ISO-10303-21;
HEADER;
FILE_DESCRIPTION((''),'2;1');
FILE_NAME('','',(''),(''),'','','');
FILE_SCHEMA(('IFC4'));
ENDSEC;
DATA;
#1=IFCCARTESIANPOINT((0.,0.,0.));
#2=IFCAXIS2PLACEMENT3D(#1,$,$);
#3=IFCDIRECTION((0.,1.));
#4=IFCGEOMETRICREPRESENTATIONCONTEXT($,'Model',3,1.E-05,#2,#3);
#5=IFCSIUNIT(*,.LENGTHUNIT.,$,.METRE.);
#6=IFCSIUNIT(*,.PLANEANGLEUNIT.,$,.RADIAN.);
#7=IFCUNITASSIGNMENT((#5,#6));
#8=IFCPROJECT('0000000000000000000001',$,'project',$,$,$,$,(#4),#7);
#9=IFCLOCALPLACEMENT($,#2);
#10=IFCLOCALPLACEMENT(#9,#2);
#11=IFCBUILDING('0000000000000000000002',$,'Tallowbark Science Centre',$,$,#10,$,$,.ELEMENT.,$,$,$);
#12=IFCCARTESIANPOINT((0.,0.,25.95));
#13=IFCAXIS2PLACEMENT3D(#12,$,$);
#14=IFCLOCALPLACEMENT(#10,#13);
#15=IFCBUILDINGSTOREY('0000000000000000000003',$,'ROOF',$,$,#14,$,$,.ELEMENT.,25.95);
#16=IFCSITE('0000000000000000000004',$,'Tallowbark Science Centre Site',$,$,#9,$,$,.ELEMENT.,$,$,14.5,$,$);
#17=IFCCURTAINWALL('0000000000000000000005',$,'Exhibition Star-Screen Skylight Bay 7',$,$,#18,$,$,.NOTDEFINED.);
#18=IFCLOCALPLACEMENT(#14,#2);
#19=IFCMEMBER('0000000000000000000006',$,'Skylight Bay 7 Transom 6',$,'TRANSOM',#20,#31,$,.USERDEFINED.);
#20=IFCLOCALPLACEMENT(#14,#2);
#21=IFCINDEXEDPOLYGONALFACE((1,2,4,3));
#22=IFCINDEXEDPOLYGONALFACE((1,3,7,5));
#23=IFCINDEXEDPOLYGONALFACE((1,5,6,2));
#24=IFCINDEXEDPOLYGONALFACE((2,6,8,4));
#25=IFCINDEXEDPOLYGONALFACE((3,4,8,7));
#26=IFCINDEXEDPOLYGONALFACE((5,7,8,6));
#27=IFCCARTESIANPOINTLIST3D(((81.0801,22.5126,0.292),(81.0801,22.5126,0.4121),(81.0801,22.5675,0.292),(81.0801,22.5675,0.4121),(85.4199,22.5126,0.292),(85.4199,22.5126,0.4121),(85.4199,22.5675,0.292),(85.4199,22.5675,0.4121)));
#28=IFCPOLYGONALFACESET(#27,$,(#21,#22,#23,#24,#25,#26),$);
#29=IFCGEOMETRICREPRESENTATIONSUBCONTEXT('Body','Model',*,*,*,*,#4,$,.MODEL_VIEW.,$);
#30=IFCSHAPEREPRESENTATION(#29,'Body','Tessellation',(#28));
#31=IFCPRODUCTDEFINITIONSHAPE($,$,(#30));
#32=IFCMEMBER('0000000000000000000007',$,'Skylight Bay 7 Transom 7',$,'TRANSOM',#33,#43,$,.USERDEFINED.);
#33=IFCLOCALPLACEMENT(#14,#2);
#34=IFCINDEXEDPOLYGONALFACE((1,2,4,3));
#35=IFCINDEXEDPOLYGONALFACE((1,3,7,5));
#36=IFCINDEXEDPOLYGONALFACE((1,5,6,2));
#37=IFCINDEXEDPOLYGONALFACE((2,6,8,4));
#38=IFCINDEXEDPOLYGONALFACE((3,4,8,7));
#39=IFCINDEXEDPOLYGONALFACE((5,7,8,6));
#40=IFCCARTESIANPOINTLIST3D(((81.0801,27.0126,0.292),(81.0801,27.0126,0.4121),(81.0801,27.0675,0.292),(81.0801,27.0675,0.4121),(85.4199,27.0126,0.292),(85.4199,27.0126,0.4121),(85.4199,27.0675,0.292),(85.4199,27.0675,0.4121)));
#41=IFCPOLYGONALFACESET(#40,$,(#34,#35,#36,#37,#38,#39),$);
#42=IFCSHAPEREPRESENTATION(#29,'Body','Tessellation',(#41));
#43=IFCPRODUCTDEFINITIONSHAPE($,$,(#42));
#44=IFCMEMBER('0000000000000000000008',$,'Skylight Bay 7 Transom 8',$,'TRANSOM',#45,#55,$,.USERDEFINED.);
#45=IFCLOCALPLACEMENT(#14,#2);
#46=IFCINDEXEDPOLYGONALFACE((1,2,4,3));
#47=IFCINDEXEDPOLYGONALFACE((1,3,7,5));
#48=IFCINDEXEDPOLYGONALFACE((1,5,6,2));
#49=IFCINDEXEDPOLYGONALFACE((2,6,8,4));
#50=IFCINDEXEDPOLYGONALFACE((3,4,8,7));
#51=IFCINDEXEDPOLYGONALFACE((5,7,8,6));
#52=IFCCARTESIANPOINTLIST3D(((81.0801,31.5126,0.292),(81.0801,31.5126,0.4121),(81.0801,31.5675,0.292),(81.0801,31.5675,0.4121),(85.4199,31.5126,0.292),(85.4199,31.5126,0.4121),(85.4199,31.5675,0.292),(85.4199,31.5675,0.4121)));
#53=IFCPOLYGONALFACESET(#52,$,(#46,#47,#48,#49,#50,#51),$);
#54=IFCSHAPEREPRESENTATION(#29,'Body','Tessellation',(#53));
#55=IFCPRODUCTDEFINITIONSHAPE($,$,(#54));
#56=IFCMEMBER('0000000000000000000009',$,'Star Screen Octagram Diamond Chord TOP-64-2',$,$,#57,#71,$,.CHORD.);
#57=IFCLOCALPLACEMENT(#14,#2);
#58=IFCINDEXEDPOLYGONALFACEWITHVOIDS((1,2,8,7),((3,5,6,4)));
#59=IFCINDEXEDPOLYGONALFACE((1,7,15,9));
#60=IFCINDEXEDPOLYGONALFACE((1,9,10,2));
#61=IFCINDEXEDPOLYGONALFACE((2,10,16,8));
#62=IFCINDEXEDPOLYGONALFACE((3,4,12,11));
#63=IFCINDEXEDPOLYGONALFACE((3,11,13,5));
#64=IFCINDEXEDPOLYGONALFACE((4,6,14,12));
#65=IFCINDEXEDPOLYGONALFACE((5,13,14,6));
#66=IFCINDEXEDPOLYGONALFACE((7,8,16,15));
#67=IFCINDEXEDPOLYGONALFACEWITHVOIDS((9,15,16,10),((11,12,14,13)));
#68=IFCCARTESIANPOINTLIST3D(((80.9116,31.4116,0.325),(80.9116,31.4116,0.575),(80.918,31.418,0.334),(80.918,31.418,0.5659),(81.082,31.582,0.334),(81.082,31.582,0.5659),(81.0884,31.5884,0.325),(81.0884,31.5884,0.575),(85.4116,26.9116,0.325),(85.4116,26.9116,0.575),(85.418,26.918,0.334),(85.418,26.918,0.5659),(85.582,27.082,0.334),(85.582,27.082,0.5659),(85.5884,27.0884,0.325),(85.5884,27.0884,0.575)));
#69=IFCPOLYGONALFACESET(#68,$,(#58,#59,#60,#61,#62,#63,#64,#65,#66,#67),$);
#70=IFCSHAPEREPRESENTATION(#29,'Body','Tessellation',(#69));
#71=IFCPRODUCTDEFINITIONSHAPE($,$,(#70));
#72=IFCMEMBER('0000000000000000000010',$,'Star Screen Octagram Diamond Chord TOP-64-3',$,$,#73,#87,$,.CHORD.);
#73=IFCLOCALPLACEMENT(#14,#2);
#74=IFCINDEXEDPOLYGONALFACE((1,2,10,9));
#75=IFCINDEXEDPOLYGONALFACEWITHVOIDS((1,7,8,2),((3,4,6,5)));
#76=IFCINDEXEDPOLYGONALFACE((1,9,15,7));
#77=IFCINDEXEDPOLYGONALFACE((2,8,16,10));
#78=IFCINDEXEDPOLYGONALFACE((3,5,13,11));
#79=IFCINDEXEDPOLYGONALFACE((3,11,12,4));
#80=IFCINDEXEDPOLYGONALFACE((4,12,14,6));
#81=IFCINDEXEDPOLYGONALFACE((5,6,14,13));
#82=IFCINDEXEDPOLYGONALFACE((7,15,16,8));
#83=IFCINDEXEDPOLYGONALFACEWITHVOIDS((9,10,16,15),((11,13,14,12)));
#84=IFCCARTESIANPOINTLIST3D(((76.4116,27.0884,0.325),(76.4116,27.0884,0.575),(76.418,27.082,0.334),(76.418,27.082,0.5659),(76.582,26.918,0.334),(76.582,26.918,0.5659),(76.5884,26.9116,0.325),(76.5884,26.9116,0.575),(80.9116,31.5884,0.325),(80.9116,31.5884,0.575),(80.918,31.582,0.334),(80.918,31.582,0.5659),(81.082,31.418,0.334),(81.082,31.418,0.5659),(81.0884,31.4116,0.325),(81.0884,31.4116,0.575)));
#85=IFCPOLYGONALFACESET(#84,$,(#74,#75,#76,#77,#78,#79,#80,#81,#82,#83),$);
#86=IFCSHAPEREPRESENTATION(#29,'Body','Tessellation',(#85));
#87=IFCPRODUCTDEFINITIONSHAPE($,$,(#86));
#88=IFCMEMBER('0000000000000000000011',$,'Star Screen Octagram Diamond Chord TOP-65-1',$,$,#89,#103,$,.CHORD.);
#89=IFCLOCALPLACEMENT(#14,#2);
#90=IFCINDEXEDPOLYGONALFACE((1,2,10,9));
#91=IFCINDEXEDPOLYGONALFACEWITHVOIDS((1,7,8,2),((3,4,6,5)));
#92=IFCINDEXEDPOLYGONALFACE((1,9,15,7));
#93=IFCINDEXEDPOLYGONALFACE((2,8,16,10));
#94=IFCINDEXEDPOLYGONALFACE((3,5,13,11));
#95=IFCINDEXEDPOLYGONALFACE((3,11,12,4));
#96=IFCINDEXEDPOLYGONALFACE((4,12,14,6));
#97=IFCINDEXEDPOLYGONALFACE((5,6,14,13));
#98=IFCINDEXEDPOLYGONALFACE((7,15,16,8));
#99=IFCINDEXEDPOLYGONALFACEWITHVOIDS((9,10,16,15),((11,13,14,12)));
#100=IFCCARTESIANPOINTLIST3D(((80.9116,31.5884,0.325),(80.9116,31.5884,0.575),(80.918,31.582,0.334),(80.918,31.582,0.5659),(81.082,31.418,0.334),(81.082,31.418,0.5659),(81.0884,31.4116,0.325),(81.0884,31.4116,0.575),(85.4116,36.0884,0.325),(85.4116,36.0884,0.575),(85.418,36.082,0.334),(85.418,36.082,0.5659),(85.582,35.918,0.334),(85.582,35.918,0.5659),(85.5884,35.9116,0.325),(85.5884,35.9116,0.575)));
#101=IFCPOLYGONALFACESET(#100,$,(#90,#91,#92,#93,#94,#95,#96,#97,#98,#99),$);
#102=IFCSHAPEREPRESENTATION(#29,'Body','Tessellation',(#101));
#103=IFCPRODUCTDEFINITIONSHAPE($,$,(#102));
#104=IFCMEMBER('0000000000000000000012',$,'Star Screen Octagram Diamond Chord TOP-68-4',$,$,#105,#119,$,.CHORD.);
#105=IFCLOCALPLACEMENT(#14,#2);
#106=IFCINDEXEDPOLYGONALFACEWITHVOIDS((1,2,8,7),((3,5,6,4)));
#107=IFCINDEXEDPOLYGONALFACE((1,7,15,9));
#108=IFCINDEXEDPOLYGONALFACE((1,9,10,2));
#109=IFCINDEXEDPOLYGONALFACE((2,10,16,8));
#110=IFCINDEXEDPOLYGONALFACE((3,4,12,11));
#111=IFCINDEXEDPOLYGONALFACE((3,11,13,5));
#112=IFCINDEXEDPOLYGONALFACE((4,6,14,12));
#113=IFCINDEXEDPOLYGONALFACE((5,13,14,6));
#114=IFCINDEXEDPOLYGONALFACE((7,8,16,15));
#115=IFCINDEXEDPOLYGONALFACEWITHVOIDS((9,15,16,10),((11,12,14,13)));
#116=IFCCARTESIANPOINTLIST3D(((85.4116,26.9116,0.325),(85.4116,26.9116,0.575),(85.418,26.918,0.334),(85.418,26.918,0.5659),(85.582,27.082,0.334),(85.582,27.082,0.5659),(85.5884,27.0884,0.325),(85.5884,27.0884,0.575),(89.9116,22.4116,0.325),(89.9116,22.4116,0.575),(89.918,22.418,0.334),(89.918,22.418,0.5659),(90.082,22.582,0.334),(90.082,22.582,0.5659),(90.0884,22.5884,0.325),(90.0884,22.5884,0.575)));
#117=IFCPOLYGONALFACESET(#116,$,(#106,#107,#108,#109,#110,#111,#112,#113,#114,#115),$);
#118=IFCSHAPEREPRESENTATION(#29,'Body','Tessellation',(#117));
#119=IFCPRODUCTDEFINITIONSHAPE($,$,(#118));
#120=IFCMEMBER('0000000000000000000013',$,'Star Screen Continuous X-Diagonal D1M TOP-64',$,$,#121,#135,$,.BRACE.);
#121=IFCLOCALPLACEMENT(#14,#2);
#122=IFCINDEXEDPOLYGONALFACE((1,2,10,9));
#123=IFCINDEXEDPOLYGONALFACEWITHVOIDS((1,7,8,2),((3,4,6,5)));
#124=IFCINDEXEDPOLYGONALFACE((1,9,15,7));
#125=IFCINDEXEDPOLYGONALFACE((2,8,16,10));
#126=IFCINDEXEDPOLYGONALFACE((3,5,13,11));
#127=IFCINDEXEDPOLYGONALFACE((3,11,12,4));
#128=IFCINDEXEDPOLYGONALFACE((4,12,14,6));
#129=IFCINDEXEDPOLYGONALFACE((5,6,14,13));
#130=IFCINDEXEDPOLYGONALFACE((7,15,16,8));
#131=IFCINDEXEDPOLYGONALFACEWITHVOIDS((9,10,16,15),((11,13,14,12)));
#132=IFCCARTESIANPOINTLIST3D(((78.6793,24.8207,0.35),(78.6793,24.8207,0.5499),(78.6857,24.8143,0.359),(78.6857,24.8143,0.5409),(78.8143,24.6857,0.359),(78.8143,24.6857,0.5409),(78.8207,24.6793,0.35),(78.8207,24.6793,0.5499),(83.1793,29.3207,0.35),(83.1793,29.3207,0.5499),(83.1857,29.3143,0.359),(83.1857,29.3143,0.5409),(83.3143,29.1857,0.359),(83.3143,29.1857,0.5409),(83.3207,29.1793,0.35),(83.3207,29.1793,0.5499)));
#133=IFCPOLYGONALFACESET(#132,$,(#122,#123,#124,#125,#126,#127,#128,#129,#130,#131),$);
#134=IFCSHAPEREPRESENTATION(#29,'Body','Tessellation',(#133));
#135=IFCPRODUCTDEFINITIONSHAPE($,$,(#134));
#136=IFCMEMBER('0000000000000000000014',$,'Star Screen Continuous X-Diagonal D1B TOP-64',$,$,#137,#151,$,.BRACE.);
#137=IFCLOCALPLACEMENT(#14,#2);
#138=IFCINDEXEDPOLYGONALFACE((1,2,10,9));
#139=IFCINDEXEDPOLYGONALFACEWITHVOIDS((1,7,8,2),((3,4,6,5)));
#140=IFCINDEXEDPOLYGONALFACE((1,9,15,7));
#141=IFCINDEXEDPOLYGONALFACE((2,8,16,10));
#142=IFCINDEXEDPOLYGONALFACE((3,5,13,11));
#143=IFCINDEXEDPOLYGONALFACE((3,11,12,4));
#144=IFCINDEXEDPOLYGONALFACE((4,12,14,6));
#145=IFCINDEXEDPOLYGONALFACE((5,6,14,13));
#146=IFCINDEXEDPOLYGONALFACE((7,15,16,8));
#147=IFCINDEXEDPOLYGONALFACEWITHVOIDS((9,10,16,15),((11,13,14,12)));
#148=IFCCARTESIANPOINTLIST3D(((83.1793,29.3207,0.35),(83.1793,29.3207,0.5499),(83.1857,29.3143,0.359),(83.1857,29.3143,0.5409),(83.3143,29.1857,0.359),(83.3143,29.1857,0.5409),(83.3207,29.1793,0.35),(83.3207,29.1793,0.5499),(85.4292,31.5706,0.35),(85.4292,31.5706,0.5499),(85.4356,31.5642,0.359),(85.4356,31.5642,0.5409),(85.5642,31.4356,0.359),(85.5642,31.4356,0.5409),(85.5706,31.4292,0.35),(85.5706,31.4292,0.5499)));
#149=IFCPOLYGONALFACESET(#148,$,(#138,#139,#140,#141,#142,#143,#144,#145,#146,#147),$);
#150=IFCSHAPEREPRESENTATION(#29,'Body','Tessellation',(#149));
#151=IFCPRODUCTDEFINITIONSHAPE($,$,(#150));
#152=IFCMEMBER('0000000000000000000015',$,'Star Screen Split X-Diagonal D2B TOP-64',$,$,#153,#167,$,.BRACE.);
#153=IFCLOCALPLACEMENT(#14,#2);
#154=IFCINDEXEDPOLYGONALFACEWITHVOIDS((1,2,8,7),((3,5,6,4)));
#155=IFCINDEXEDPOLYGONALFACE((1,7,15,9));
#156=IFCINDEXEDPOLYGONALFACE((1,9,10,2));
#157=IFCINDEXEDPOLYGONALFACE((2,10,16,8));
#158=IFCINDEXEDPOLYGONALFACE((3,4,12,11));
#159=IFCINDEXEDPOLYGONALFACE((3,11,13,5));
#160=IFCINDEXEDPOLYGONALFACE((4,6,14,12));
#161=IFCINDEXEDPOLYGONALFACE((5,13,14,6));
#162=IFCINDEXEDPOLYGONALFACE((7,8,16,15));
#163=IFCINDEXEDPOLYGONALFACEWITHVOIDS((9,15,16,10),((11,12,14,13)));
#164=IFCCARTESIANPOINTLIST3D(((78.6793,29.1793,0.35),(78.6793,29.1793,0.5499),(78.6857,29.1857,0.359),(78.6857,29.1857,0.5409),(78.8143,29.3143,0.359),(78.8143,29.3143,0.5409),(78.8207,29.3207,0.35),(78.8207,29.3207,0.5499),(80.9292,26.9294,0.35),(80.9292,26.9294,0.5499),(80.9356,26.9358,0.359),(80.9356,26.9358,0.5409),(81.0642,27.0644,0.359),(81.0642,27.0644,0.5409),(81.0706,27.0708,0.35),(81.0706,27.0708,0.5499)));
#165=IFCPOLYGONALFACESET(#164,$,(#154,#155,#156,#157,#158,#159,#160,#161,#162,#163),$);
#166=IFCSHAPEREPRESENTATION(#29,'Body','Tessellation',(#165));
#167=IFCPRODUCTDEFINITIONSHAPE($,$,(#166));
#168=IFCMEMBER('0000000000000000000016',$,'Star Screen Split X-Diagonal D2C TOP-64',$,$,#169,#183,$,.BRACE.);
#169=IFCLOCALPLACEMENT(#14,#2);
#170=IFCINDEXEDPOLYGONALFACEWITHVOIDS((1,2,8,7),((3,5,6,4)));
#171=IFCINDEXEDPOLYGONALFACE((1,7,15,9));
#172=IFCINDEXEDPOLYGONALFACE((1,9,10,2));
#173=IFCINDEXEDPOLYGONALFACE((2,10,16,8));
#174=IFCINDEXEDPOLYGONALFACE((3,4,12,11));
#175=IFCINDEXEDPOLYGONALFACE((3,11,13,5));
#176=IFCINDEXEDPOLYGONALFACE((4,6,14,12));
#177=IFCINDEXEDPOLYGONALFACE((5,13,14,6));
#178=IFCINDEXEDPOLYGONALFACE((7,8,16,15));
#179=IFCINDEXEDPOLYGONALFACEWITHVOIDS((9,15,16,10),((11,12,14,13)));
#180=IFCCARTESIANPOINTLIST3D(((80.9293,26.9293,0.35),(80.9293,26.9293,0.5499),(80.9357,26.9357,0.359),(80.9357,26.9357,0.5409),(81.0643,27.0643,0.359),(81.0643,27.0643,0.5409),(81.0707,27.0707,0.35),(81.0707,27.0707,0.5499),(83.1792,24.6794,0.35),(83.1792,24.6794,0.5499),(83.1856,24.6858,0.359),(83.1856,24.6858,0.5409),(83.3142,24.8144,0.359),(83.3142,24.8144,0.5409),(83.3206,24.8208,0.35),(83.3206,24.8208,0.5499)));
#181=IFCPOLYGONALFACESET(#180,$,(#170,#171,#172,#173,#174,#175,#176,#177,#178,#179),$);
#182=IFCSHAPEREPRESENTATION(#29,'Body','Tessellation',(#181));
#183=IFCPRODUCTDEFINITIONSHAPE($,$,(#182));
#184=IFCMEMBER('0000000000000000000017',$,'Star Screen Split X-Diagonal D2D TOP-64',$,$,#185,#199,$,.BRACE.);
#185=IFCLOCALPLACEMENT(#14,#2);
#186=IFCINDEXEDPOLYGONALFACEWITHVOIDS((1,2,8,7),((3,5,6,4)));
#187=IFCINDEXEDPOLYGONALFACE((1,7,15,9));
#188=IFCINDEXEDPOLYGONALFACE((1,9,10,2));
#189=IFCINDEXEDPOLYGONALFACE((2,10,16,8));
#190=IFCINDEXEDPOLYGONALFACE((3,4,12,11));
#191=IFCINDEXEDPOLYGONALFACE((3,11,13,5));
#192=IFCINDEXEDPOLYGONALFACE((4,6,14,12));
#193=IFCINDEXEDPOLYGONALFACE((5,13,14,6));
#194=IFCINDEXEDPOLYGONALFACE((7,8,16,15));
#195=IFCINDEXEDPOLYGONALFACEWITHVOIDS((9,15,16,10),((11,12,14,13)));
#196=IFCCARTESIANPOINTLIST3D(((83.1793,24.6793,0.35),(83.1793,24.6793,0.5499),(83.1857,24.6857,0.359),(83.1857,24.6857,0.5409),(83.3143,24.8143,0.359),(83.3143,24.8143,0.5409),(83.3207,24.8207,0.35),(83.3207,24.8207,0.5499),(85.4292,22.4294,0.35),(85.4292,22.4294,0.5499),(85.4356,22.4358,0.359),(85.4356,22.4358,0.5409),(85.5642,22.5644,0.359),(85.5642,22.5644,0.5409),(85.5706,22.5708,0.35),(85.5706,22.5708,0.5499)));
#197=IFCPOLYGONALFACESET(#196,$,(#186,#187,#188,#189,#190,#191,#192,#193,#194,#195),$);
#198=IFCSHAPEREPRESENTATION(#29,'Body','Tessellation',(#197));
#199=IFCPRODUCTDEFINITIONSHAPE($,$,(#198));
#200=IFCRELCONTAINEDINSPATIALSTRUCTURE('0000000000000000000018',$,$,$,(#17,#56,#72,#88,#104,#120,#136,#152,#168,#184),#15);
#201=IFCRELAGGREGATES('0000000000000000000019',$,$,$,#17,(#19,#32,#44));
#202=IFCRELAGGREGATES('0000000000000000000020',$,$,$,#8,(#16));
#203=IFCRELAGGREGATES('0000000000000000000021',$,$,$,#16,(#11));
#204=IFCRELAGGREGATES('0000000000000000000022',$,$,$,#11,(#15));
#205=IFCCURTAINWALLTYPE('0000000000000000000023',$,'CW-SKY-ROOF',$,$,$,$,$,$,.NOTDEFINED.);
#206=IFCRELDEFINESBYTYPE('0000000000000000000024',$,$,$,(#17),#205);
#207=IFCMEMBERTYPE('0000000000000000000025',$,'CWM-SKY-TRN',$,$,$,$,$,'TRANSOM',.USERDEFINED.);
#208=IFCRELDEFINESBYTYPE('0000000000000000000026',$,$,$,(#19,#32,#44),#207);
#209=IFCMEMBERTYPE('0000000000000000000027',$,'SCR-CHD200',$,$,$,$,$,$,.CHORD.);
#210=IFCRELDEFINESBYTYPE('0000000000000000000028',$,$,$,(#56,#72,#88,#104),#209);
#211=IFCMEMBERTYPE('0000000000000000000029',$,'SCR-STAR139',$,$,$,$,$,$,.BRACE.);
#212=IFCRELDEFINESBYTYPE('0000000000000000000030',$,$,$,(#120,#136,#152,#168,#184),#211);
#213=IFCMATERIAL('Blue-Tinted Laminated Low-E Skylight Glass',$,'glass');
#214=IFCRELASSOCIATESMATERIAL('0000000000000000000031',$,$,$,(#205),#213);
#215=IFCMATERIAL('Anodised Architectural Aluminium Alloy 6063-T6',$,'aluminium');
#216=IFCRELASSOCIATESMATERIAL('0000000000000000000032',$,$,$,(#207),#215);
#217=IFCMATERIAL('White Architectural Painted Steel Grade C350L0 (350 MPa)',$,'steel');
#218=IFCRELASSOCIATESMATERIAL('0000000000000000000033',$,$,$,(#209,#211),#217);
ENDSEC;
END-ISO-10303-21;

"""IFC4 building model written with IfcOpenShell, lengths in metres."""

from ifc_helpers import new_model, si_unit, direction, frame, origin, origin_2d, place, context, subcontext, project, spatial, rectangle, hollow_rectangle, extrude, material, material_profile, profile_set, type_object, element, aggregate, save


model = new_model("IFC4")

# Units and contexts
model_context = context("Model", 3, precision=1e-05, world=origin(), true_north=direction((0.0, 1.0)))
body_context = subcontext(model_context, "Body", "Model", "MODEL_VIEW")
ifc_project = project(units=[si_unit("LENGTHUNIT", "METRE"), si_unit("PLANEANGLEUNIT", "RADIAN")], contexts=[model_context])

# Site, building, storey
site_placement = place(None, origin())
site = spatial("IfcSite", under=ifc_project, at=site_placement, Name="Tallowbark Science Centre Site", CompositionType="ELEMENT", RefElevation=14.5)
building_placement = place(site_placement, origin())
building = spatial("IfcBuilding", under=site, at=building_placement, Name="Tallowbark Science Centre", CompositionType="ELEMENT")
storey_placement = place(building_placement, frame((0.0, 0.0, 25.95)))
storey = spatial("IfcBuildingStorey", under=building, at=storey_placement, Name="ROOF", CompositionType="ELEMENT", Elevation=25.95)

# Curtain wall, members
ifc_material_1 = material(Name="Blue-Tinted Laminated Low-E Skylight Glass", Category="glass")
curtain_wall_type = type_object("IfcCurtainWallType", Name="CW-SKY-ROOF", PredefinedType="NOTDEFINED", material=ifc_material_1)
curtain_wall_1_placement = place(storey_placement, origin())
curtain_wall_1 = element("IfcCurtainWall", 1, at=curtain_wall_1_placement, inside=storey, type_object=curtain_wall_type, Name="Exhibition Star-Screen Skylight Bay 7", PredefinedType="NOTDEFINED")
ifc_material_2 = material(Name="Anodised Architectural Aluminium Alloy 6063-T6", Category="aluminium")
ifc_material_profile_1 = material_profile(ifc_material_2, rectangle(XDim=0.0549, YDim=0.1201, at=origin_2d()), Name="ALU55x120")
ifc_profile_set_1 = profile_set([ifc_material_profile_1], Name="Anodised Architectural Aluminium Alloy 6063-T6")
member_type_1 = type_object("IfcMemberType", Name="CWM-SKY-TRN", ElementType="TRANSOM", PredefinedType="USERDEFINED", material=ifc_profile_set_1)
member_1_placement = place(storey_placement, frame((81.0801, 22.54, 0.3521), z_axis=(1.0, 0.0, 0.0), x_axis=(0.0, 1.0, 0.0)))
member_1 = element("IfcMember", 2, at=member_1_placement, type_object=member_type_1, Name="Skylight Bay 7 Transom 6", ObjectType="TRANSOM", PredefinedType="USERDEFINED", context=body_context, shape_type="SweptSolid", body=[
    extrude(rectangle(XDim=0.0549, YDim=0.1201, at=origin_2d()), origin(), (0.0, 0.0, 1.0), 4.3398),
])
member_2_placement = place(storey_placement, frame((81.0801, 27.04, 0.3521), z_axis=(1.0, 0.0, 0.0), x_axis=(0.0, 1.0, 0.0)))
member_2 = element("IfcMember", 3, at=member_2_placement, type_object=member_type_1, Name="Skylight Bay 7 Transom 7", ObjectType="TRANSOM", PredefinedType="USERDEFINED", context=body_context, shape_type="SweptSolid", body=[
    extrude(rectangle(XDim=0.0549, YDim=0.1201, at=origin_2d()), origin(), (0.0, 0.0, 1.0), 4.3398),
])
member_3_placement = place(storey_placement, frame((81.0801, 31.54, 0.3521), z_axis=(1.0, 0.0, 0.0), x_axis=(0.0, 1.0, 0.0)))
member_3 = element("IfcMember", 4, at=member_3_placement, type_object=member_type_1, Name="Skylight Bay 7 Transom 8", ObjectType="TRANSOM", PredefinedType="USERDEFINED", context=body_context, shape_type="SweptSolid", body=[
    extrude(rectangle(XDim=0.0549, YDim=0.1201, at=origin_2d()), origin(), (0.0, 0.0, 1.0), 4.3398),
])

# Members
ifc_material_3 = material(Name="White Architectural Painted Steel Grade C350L0 (350 MPa)", Category="steel")
ifc_material_profile_2 = material_profile(ifc_material_3, hollow_rectangle(XDim=0.25, YDim=0.25, WallThickness=0.009, at=origin_2d()), Name="250x250x9.0SHS")
ifc_profile_set_2 = profile_set([ifc_material_profile_2], Name="White Architectural Painted Steel Grade C350L0 (350 MPa)")
member_type_2 = type_object("IfcMemberType", Name="SCR-CHD200", PredefinedType="CHORD", material=ifc_profile_set_2)
for number, where, z_axis, x_axis, name in (
    (5, (85.5, 27.0, 0.45), (-0.707107, 0.707107, 0.0), (-0.707107, -0.707107, 0.0), "Star Screen Octagram Diamond Chord TOP-64-2"),
    (6, (81.0, 31.5, 0.45), (-0.707107, -0.707107, 0.0), (0.707107, -0.707107, 0.0), "Star Screen Octagram Diamond Chord TOP-64-3"),
    (7, (81.0, 31.5, 0.45), (0.707107, 0.707107, 0.0), (-0.707107, 0.707107, 0.0), "Star Screen Octagram Diamond Chord TOP-65-1"),
    (8, (85.5, 27.0, 0.45), (0.707107, -0.707107, 0.0), (0.707107, 0.707107, 0.0), "Star Screen Octagram Diamond Chord TOP-68-4"),
):
    element("IfcMember", number, at=place(storey_placement, frame(where, z_axis=z_axis, x_axis=x_axis)), inside=storey, type_object=member_type_2, Name=name, PredefinedType="CHORD", context=body_context, shape_type="SweptSolid", body=[
        extrude(hollow_rectangle(XDim=0.25, YDim=0.25, WallThickness=0.009, at=origin_2d()), origin(), (0.0, 0.0, 1.0), 6.364),
    ])
ifc_material_profile_3 = material_profile(ifc_material_3, hollow_rectangle(XDim=0.2, YDim=0.2, WallThickness=0.009, at=origin_2d()), Name="200x200x9.0SHS")
ifc_profile_set_3 = profile_set([ifc_material_profile_3], Name="White Architectural Painted Steel Grade C350L0 (350 MPa)")
member_type_3 = type_object("IfcMemberType", Name="SCR-STAR139", PredefinedType="BRACE", material=ifc_profile_set_3)
member_4_placement = place(storey_placement, frame((78.75, 24.75, 0.45), z_axis=(0.707107, 0.707107, 0.0), x_axis=(-0.707107, 0.707107, 0.0)))
element("IfcMember", 9, at=member_4_placement, inside=storey, type_object=member_type_3, Name="Star Screen Continuous X-Diagonal D1M TOP-64", PredefinedType="BRACE", context=body_context, shape_type="SweptSolid", body=[
    extrude(hollow_rectangle(XDim=0.2, YDim=0.2, WallThickness=0.009, at=origin_2d()), origin(), (0.0, 0.0, 1.0), 6.364),
])
for number, where, z_axis, x_axis, name in (
    (10, (83.25, 29.25, 0.45), (0.707107, 0.707107, 0.0), (-0.707107, 0.707107, 0.0), "Star Screen Continuous X-Diagonal D1B TOP-64"),
    (11, (78.75, 29.25, 0.45), (0.707107, -0.707107, 0.0), (0.707107, 0.707107, 0.0), "Star Screen Split X-Diagonal D2B TOP-64"),
    (12, (81.0, 27.0, 0.45), (0.707107, -0.707107, 0.0), (0.707107, 0.707107, 0.0), "Star Screen Split X-Diagonal D2C TOP-64"),
    (13, (83.25, 24.75, 0.45), (0.707107, -0.707107, 0.0), (0.707107, 0.707107, 0.0), "Star Screen Split X-Diagonal D2D TOP-64"),
):
    element("IfcMember", number, at=place(storey_placement, frame(where, z_axis=z_axis, x_axis=x_axis)), inside=storey, type_object=member_type_3, Name=name, PredefinedType="BRACE", context=body_context, shape_type="SweptSolid", body=[
        extrude(hollow_rectangle(XDim=0.2, YDim=0.2, WallThickness=0.009, at=origin_2d()), origin(), (0.0, 0.0, 1.0), 3.1819),
    ])

aggregate(curtain_wall_1, [member_1, member_2, member_3])

save(model, "model.ifc")
